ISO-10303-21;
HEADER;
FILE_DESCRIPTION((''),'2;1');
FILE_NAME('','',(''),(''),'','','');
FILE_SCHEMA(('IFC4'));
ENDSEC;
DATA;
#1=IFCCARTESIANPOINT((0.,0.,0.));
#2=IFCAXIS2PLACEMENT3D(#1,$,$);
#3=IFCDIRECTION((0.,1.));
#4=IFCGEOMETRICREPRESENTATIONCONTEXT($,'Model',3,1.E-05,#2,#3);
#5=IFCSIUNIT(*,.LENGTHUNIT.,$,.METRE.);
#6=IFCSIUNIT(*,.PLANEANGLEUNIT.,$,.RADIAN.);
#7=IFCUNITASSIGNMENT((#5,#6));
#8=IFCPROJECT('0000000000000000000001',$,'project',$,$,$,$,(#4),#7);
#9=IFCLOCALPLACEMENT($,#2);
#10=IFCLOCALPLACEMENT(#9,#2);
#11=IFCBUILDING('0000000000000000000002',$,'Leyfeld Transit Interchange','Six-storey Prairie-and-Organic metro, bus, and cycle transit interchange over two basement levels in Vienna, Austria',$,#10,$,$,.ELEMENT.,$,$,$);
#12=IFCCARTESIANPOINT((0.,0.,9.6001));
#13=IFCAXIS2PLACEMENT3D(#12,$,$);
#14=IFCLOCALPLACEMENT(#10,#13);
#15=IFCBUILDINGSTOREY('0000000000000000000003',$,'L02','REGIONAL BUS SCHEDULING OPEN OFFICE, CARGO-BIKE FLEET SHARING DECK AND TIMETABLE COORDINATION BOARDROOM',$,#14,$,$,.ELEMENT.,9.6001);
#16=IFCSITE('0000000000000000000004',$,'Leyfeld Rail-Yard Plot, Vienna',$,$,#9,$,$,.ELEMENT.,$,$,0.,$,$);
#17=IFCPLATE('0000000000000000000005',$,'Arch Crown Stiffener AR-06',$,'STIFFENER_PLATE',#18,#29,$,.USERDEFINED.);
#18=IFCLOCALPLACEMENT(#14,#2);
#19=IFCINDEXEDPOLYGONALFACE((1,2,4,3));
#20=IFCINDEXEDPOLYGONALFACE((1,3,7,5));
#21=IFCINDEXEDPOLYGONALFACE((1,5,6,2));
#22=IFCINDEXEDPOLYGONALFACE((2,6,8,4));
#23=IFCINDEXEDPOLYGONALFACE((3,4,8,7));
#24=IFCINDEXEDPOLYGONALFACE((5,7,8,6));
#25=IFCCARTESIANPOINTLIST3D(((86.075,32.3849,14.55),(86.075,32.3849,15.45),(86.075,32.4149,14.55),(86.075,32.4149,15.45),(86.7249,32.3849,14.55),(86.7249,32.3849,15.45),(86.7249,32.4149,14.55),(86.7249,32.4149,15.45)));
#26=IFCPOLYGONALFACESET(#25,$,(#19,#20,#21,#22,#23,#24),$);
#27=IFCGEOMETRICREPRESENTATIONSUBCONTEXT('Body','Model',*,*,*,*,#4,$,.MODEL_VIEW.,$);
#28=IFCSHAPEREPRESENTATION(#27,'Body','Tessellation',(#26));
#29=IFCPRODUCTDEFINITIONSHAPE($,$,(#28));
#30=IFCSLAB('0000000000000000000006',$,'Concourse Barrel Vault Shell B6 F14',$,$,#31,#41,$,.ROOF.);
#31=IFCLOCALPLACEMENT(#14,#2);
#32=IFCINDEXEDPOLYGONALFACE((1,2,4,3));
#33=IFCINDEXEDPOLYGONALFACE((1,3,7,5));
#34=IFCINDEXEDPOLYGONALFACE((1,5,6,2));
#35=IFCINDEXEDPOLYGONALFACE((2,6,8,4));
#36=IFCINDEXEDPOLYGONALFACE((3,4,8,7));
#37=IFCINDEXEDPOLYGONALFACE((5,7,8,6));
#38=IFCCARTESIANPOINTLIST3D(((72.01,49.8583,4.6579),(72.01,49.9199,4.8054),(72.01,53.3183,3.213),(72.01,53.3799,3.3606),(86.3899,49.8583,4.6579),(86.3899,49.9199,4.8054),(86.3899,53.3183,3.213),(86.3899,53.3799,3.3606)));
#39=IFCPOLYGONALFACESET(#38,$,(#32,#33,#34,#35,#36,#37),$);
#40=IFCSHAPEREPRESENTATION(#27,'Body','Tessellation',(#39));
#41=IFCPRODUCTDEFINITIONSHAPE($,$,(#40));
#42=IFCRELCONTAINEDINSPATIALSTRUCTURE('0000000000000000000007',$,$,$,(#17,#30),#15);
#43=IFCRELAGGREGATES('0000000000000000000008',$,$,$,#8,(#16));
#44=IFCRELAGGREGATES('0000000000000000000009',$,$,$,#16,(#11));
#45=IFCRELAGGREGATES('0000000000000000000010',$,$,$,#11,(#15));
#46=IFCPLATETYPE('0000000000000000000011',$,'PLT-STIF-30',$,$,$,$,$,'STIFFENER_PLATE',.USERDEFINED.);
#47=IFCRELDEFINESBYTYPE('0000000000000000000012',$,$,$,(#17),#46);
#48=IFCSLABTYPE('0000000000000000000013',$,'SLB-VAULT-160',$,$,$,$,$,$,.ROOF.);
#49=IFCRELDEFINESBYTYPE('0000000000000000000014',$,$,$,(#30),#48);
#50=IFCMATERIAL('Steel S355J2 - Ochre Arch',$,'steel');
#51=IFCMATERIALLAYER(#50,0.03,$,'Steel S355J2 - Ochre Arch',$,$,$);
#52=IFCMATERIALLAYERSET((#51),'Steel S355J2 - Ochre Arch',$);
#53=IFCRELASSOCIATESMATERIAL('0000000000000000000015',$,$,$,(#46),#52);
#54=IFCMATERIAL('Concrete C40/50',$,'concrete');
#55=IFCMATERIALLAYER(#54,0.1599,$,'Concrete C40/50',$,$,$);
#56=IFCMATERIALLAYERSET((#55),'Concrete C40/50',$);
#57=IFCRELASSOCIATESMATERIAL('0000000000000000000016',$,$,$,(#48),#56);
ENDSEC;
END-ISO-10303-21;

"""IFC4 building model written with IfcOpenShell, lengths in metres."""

from ifc_helpers import new_model, si_unit, direction, frame, origin, origin_2d, place, context, subcontext, project, spatial, polyline, rectangle, outline, extrude, material, layer, layer_set, type_object, element, save


model = new_model("IFC4")

# Units and contexts
model_context = context("Model", 3, precision=1e-05, world=origin(), true_north=direction((0.0, 1.0)))
body_context = subcontext(model_context, "Body", "Model", "MODEL_VIEW")
ifc_project = project(units=[si_unit("LENGTHUNIT", "METRE"), si_unit("PLANEANGLEUNIT", "RADIAN")], contexts=[model_context])

# Site, building, storey
site_placement = place(None, origin())
site = spatial("IfcSite", under=ifc_project, at=site_placement, Name="Leyfeld Rail-Yard Plot, Vienna", CompositionType="ELEMENT", RefElevation=0.0)
building_placement = place(site_placement, origin())
building = spatial("IfcBuilding", under=site, at=building_placement, Name="Leyfeld Transit Interchange", Description="Six-storey Prairie-and-Organic metro, bus, and cycle transit interchange over two basement levels in Vienna, Austria", CompositionType="ELEMENT")
storey_placement = place(building_placement, frame((0.0, 0.0, 9.6001)))
storey = spatial("IfcBuildingStorey", under=building, at=storey_placement, Name="L02", Description="REGIONAL BUS SCHEDULING OPEN OFFICE, CARGO-BIKE FLEET SHARING DECK AND TIMETABLE COORDINATION BOARDROOM", CompositionType="ELEMENT", Elevation=9.6001)

# Shared definitions
ifc_material_1 = material(Name="Concrete C40/50", Category="concrete")

# Shared definitions
ifc_material_2 = material(Name="Steel S355J2 - Ochre Arch", Category="steel")

# Plate
ifc_layer_1 = layer(ifc_material_2, 0.03, Name="Steel S355J2 - Ochre Arch")
ifc_layer_set_1 = layer_set([ifc_layer_1], Name="Steel S355J2 - Ochre Arch")
plate_type_1 = type_object("IfcPlateType", Name="PLT-STIF-30", ElementType="STIFFENER_PLATE", PredefinedType="USERDEFINED", material=ifc_layer_set_1)
plate_placement = place(storey_placement, frame((86.3999, 32.3999, 14.55), z_axis=(0.0, 0.0, 1.0), x_axis=(1.0, 0.0, 0.0)))
element("IfcPlate", 1, at=plate_placement, inside=storey, type_object=plate_type_1, Name="Arch Crown Stiffener AR-06", ObjectType="STIFFENER_PLATE", PredefinedType="USERDEFINED", context=body_context, shape_type="SweptSolid", body=[
    extrude(rectangle(XDim=0.6499, YDim=0.03, at=origin_2d()), origin(), (0.0, 0.0, 1.0), 0.8999),
])

# Slab
ifc_layer_2 = layer(ifc_material_1, 0.1599, Name="Concrete C40/50")
ifc_layer_set_2 = layer_set([ifc_layer_2], Name="Concrete C40/50")
slab_type = type_object("IfcSlabType", Name="SLB-VAULT-160", PredefinedType="ROOF", material=ifc_layer_set_2)
slab_placement = place(storey_placement, frame((72.01, 49.9199, 4.8054), z_axis=(0.0, 0.385337, 0.922776), x_axis=(1.0, 0.0, 0.0)))
element("IfcSlab", 2, at=slab_placement, inside=storey, type_object=slab_type, Name="Concourse Barrel Vault Shell B6 F14", PredefinedType="ROOF", context=body_context, shape_type="SweptSolid", body=[
    extrude(outline(polyline([(0.0, 0.0), (14.3799, 0.0), (14.3799, 3.7495), (0.0, 3.7495), (0.0, 0.0)])), origin(), (0.0, 0.0, -1.0), 0.1599),
])

save(model, "model.ifc")
